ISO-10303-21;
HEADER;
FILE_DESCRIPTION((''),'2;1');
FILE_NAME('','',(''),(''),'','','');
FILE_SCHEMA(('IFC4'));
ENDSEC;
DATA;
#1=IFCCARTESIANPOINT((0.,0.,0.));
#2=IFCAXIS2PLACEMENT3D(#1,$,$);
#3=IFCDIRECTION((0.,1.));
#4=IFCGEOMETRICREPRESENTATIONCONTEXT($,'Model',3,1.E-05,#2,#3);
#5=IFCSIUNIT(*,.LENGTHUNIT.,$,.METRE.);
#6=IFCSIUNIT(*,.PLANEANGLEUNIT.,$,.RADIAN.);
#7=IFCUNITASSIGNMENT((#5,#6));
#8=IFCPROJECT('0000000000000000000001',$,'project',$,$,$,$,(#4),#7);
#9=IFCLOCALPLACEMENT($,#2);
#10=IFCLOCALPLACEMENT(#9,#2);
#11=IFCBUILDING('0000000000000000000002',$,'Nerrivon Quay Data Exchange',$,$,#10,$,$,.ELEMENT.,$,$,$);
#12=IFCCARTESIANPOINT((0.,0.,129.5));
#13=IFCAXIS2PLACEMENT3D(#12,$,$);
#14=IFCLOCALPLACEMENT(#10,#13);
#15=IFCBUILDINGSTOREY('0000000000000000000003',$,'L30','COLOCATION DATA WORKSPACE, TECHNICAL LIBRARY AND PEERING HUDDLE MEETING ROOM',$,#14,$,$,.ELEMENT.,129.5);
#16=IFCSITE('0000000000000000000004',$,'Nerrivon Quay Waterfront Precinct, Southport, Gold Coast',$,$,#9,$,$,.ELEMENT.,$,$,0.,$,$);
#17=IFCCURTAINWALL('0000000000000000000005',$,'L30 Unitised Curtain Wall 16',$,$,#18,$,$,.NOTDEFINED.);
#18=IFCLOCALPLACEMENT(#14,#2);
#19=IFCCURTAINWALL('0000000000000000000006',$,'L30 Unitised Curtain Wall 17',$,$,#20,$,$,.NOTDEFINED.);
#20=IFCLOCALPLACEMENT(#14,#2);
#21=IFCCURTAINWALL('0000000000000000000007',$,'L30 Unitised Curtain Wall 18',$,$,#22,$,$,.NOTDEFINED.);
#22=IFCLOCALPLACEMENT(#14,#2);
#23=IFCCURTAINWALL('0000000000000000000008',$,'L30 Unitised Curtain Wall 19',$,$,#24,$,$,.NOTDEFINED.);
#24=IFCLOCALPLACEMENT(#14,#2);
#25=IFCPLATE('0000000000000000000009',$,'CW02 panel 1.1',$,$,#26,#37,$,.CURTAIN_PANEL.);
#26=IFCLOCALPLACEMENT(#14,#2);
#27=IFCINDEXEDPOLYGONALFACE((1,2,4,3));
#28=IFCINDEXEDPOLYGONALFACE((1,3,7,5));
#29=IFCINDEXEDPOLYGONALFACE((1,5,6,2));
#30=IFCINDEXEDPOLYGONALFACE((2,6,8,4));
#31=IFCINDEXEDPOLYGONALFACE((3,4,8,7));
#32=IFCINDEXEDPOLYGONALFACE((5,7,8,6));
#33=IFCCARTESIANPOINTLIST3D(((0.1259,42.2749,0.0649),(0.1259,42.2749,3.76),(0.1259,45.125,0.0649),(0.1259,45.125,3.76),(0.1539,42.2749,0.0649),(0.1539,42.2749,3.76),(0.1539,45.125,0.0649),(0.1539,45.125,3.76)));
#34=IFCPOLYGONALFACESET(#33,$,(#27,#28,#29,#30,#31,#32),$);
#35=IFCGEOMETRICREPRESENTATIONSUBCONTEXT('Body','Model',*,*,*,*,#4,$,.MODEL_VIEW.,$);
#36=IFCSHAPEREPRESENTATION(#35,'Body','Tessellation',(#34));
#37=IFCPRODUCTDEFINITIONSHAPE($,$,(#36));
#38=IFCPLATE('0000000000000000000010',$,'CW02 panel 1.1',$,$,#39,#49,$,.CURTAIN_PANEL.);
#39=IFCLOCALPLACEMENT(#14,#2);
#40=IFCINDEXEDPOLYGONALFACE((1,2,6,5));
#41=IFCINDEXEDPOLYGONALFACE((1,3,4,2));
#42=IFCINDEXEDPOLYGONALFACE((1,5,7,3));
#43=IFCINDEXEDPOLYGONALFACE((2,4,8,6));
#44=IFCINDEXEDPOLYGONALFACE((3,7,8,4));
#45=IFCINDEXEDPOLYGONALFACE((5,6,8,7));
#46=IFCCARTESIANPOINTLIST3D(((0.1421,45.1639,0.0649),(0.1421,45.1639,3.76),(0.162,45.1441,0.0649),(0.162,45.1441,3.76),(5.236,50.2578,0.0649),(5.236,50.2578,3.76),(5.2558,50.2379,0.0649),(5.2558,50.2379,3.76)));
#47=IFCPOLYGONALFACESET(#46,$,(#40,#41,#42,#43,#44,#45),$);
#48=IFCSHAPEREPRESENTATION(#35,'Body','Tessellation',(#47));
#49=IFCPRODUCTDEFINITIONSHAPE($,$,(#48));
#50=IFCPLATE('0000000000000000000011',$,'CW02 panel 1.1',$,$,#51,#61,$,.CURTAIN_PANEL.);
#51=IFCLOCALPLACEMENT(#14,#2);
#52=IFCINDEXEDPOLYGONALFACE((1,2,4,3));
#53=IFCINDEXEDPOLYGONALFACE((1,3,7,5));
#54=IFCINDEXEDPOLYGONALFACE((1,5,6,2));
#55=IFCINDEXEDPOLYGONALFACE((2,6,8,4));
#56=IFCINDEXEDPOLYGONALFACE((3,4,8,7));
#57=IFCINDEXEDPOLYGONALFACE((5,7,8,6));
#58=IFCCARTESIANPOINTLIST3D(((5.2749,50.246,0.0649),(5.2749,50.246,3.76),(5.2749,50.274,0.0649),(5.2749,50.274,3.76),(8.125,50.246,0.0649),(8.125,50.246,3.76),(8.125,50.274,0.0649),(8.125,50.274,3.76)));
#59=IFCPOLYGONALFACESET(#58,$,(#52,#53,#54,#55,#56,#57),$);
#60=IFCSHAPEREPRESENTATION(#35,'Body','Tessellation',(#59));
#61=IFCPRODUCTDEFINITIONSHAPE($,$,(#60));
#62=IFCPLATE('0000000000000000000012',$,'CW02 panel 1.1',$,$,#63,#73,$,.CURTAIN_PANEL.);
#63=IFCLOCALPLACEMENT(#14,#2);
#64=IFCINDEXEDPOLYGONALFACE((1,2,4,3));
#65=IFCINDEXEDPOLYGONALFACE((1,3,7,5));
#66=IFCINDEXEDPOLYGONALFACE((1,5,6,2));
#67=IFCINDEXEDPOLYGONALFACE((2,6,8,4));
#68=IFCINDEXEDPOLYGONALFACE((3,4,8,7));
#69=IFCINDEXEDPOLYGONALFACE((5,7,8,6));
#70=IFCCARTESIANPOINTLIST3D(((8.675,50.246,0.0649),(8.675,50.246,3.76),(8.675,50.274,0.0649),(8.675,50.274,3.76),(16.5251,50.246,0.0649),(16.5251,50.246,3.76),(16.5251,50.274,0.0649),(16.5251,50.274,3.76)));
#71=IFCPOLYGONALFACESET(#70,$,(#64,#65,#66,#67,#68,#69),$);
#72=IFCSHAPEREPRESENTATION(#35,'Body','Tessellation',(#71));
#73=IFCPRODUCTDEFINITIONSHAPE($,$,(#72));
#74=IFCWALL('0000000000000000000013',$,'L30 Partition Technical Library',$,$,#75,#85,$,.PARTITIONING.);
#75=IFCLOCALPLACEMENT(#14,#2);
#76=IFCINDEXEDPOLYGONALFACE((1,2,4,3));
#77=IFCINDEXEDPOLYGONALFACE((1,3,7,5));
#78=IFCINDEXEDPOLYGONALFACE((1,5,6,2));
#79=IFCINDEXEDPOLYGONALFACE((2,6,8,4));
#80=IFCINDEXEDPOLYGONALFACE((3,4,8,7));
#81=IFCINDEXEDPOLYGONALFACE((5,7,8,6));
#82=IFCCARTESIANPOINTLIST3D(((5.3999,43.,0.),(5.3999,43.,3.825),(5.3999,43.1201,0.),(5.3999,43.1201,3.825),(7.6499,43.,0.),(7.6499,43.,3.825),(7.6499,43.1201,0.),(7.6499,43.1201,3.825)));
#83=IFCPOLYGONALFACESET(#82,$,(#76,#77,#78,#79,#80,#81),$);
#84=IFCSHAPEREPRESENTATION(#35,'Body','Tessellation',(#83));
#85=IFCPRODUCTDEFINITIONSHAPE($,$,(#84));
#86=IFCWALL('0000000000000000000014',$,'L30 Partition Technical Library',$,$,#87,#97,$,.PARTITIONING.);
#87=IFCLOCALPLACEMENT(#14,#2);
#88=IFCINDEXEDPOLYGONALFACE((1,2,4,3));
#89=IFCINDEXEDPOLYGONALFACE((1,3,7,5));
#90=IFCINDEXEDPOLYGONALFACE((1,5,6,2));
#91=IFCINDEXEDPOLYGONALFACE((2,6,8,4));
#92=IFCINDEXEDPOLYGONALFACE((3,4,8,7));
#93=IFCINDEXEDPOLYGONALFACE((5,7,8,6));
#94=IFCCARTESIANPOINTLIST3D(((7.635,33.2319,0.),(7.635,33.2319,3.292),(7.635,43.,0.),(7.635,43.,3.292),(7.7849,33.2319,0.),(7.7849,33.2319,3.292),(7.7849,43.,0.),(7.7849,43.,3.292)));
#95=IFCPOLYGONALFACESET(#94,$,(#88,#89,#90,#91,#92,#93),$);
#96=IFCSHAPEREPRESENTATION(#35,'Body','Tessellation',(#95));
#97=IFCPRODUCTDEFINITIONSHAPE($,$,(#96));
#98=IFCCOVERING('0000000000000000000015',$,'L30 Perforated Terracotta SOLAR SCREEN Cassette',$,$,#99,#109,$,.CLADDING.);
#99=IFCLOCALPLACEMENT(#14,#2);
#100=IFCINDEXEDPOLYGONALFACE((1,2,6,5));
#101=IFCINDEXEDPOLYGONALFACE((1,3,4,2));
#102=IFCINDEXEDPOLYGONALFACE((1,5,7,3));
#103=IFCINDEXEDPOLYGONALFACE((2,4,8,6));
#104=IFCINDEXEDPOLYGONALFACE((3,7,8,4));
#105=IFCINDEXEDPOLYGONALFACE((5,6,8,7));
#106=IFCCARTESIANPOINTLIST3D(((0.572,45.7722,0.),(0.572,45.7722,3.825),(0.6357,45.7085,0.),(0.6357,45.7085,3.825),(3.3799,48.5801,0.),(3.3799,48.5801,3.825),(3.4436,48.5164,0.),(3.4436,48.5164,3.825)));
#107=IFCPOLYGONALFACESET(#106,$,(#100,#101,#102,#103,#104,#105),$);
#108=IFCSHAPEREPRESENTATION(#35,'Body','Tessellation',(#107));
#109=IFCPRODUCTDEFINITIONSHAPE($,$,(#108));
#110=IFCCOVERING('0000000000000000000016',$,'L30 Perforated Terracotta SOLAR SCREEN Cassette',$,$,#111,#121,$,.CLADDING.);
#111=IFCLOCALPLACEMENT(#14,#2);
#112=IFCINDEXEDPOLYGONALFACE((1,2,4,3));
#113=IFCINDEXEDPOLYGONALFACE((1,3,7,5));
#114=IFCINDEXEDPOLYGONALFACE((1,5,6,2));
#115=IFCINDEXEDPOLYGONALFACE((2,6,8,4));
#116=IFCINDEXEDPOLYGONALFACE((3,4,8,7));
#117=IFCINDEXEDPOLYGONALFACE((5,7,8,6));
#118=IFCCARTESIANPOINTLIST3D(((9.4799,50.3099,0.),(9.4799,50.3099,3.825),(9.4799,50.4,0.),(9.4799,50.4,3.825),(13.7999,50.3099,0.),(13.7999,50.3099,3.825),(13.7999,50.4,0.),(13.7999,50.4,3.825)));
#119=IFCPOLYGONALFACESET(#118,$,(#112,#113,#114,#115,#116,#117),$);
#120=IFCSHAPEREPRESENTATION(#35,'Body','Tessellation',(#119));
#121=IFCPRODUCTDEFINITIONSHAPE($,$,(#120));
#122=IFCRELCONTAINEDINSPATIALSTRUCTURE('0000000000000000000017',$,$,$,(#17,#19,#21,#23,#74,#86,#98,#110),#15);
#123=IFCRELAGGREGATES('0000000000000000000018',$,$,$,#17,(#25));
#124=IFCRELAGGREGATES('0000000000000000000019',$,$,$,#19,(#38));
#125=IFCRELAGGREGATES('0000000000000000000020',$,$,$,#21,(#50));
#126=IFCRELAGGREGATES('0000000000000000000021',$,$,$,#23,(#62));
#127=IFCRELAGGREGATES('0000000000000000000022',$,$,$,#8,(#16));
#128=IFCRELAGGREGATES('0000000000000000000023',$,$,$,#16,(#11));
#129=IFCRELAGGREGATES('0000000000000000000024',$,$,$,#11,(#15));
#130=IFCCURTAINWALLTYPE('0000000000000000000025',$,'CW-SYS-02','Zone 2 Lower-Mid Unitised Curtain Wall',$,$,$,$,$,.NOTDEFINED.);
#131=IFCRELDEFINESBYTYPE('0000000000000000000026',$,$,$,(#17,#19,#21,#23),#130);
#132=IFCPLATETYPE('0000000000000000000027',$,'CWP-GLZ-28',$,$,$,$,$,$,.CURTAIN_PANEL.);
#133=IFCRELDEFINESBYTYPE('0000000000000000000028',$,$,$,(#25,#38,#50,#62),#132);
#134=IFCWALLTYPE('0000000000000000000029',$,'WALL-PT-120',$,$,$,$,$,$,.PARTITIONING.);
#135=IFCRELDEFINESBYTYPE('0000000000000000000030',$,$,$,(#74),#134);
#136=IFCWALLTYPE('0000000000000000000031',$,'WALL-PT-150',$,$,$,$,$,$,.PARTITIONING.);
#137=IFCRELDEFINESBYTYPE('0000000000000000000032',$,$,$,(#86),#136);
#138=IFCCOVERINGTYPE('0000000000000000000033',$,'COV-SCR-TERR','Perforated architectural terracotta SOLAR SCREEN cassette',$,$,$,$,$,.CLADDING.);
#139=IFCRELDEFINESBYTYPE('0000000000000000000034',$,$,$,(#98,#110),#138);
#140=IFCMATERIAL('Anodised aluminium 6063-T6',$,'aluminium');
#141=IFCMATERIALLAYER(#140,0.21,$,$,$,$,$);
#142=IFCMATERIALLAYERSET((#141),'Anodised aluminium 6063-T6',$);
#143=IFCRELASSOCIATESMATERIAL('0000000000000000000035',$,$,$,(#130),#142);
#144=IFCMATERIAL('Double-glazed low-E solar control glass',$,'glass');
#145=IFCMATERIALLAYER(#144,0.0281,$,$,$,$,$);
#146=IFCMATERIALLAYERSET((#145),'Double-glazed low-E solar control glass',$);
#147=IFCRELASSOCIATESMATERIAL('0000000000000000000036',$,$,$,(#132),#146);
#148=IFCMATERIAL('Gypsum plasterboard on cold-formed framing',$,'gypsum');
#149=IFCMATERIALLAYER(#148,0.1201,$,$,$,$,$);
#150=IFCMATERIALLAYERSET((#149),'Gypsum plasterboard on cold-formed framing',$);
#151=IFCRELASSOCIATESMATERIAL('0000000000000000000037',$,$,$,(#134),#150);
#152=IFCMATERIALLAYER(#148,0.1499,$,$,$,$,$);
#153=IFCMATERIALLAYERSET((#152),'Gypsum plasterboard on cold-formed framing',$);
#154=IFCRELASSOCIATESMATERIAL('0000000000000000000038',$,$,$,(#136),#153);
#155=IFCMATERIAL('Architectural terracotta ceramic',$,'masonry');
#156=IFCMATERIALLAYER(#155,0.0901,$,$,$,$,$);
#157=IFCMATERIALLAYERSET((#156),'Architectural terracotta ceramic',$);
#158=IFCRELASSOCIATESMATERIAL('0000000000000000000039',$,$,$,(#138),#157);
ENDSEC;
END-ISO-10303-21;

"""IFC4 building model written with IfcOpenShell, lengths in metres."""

from ifc_helpers import new_model, si_unit, direction, frame, frame_2d, origin, origin_2d, place, context, subcontext, project, spatial, rectangle, extrude, material, layer, layer_set, type_object, element, aggregate, save


model = new_model("IFC4")

# Units and contexts
model_context = context("Model", 3, precision=1e-05, world=origin(), true_north=direction((0.0, 1.0)))
body_context = subcontext(model_context, "Body", "Model", "MODEL_VIEW")
ifc_project = project(units=[si_unit("LENGTHUNIT", "METRE"), si_unit("PLANEANGLEUNIT", "RADIAN")], contexts=[model_context])

# Site, building, storey
site_placement = place(None, origin())
site = spatial("IfcSite", under=ifc_project, at=site_placement, Name="Nerrivon Quay Waterfront Precinct, Southport, Gold Coast", CompositionType="ELEMENT", RefElevation=0.0)
building_placement = place(site_placement, origin())
building = spatial("IfcBuilding", under=site, at=building_placement, Name="Nerrivon Quay Data Exchange", CompositionType="ELEMENT")
storey_placement = place(building_placement, frame((0.0, 0.0, 129.5)))
storey = spatial("IfcBuildingStorey", under=building, at=storey_placement, Name="L30", Description="COLOCATION DATA WORKSPACE, TECHNICAL LIBRARY AND PEERING HUDDLE MEETING ROOM", CompositionType="ELEMENT", Elevation=129.5)

# Curtain walls
ifc_material_1 = material(Name="Anodised aluminium 6063-T6", Category="aluminium")
ifc_layer_1 = layer(ifc_material_1, 0.21)
ifc_layer_set_1 = layer_set([ifc_layer_1], Name="Anodised aluminium 6063-T6")
curtain_wall_type = type_object("IfcCurtainWallType", Name="CW-SYS-02", Description="Zone 2 Lower-Mid Unitised Curtain Wall", PredefinedType="NOTDEFINED", material=ifc_layer_set_1)
curtain_wall_1_placement = place(storey_placement, origin())
curtain_wall_1 = element("IfcCurtainWall", 1, at=curtain_wall_1_placement, inside=storey, type_object=curtain_wall_type, Name="L30 Unitised Curtain Wall 16", PredefinedType="NOTDEFINED")
curtain_wall_2_placement = place(storey_placement, origin())
curtain_wall_2 = element("IfcCurtainWall", 2, at=curtain_wall_2_placement, inside=storey, type_object=curtain_wall_type, Name="L30 Unitised Curtain Wall 17", PredefinedType="NOTDEFINED")
curtain_wall_3_placement = place(storey_placement, origin())
curtain_wall_3 = element("IfcCurtainWall", 3, at=curtain_wall_3_placement, inside=storey, type_object=curtain_wall_type, Name="L30 Unitised Curtain Wall 18", PredefinedType="NOTDEFINED")

# Curtain wall
curtain_wall_4_placement = place(storey_placement, origin())
curtain_wall_4 = element("IfcCurtainWall", 4, at=curtain_wall_4_placement, inside=storey, type_object=curtain_wall_type, Name="L30 Unitised Curtain Wall 19", PredefinedType="NOTDEFINED")

# Plates
ifc_material_2 = material(Name="Double-glazed low-E solar control glass", Category="glass")
ifc_layer_2 = layer(ifc_material_2, 0.0281)
ifc_layer_set_2 = layer_set([ifc_layer_2], Name="Double-glazed low-E solar control glass")
plate_type = type_object("IfcPlateType", Name="CWP-GLZ-28", PredefinedType="CURTAIN_PANEL", material=ifc_layer_set_2)
plate_1_placement = place(storey_placement, frame((0.1399, 43.7, 0.0649), z_axis=(0.0, 0.0, 1.0), x_axis=(0.0, 1.0, 0.0)))
plate_1 = element("IfcPlate", 5, at=plate_1_placement, type_object=plate_type, Name="CW02 panel 1.1", PredefinedType="CURTAIN_PANEL", context=body_context, shape_type="SweptSolid", body=[
    extrude(rectangle(XDim=2.8501, YDim=0.0281, at=origin_2d()), origin(), (0.0, 0.0, 1.0), 3.6951),
])
aggregate(curtain_wall_1, [plate_1])
plate_2_placement = place(storey_placement, frame((2.699, 47.7009, 0.0649), z_axis=(0.0, 0.0, 1.0), x_axis=(0.707107, 0.707107, 0.0)))
plate_2 = element("IfcPlate", 6, at=plate_2_placement, type_object=plate_type, Name="CW02 panel 1.1", PredefinedType="CURTAIN_PANEL", context=body_context, shape_type="SweptSolid", body=[
    extrude(rectangle(XDim=7.2039, YDim=0.0281, at=origin_2d()), origin(), (0.0, 0.0, 1.0), 3.6951),
])
aggregate(curtain_wall_2, [plate_2])
plate_3_placement = place(storey_placement, frame((6.7, 50.26, 0.0649), z_axis=(0.0, 0.0, 1.0), x_axis=(1.0, 0.0, 0.0)))
plate_3 = element("IfcPlate", 7, at=plate_3_placement, type_object=plate_type, Name="CW02 panel 1.1", PredefinedType="CURTAIN_PANEL", context=body_context, shape_type="SweptSolid", body=[
    extrude(rectangle(XDim=2.8501, YDim=0.0281, at=origin_2d()), origin(), (0.0, 0.0, 1.0), 3.6951),
])
aggregate(curtain_wall_3, [plate_3])
plate_4_placement = place(storey_placement, frame((12.6001, 50.26, 0.0649), z_axis=(0.0, 0.0, 1.0), x_axis=(1.0, 0.0, 0.0)))
plate_4 = element("IfcPlate", 8, at=plate_4_placement, type_object=plate_type, Name="CW02 panel 1.1", PredefinedType="CURTAIN_PANEL", context=body_context, shape_type="SweptSolid", body=[
    extrude(rectangle(XDim=7.8501, YDim=0.0281, at=origin_2d()), origin(), (0.0, 0.0, 1.0), 3.6951),
])
aggregate(curtain_wall_4, [plate_4])

# Walls
ifc_material_3 = material(Name="Gypsum plasterboard on cold-formed framing", Category="gypsum")
ifc_layer_3 = layer(ifc_material_3, 0.1201)
ifc_layer_set_3 = layer_set([ifc_layer_3], Name="Gypsum plasterboard on cold-formed framing")
wall_type_1 = type_object("IfcWallType", Name="WALL-PT-120", PredefinedType="PARTITIONING", material=ifc_layer_set_3)
wall_1_placement = place(storey_placement, frame((5.3999, 43.0601, 0.0), z_axis=(0.0, 0.0, 1.0), x_axis=(1.0, 0.0, 0.0)))
element("IfcWall", 9, at=wall_1_placement, inside=storey, type_object=wall_type_1, Name="L30 Partition Technical Library", PredefinedType="PARTITIONING", context=body_context, shape_type="SweptSolid", body=[
    extrude(rectangle(XDim=2.25, YDim=0.1201, at=frame_2d((1.125, 0.0))), origin(), (0.0, 0.0, 1.0), 3.825),
])
ifc_layer_4 = layer(ifc_material_3, 0.1499)
ifc_layer_set_4 = layer_set([ifc_layer_4], Name="Gypsum plasterboard on cold-formed framing")
wall_type_2 = type_object("IfcWallType", Name="WALL-PT-150", PredefinedType="PARTITIONING", material=ifc_layer_set_4)
wall_2_placement = place(storey_placement, frame((7.71, 43.0, 0.0), z_axis=(0.0, 0.0, 1.0), x_axis=(0.0, -1.0, 0.0)))
element("IfcWall", 10, at=wall_2_placement, inside=storey, type_object=wall_type_2, Name="L30 Partition Technical Library", PredefinedType="PARTITIONING", context=body_context, shape_type="SweptSolid", body=[
    extrude(rectangle(XDim=9.7681, YDim=0.1499, at=frame_2d((4.884, 0.0))), origin(), (0.0, 0.0, 1.0), 3.292),
])

# Coverings
ifc_material_4 = material(Name="Architectural terracotta ceramic", Category="masonry")
ifc_layer_5 = layer(ifc_material_4, 0.0901)
ifc_layer_set_5 = layer_set([ifc_layer_5], Name="Architectural terracotta ceramic")
covering_type = type_object("IfcCoveringType", Name="COV-SCR-TERR", Description="Perforated architectural terracotta SOLAR SCREEN cassette", PredefinedType="CLADDING", material=ifc_layer_set_5)
covering_1_placement = place(storey_placement, frame((2.0078, 47.1443, 0.0), z_axis=(0.0, 0.0, 1.0), x_axis=(0.707107, 0.707107, 0.0)))
element("IfcCovering", 11, at=covering_1_placement, inside=storey, type_object=covering_type, Name="L30 Perforated Terracotta SOLAR SCREEN Cassette", PredefinedType="CLADDING", context=body_context, shape_type="SweptSolid", body=[
    extrude(rectangle(XDim=3.9709, YDim=0.0901, at=origin_2d()), origin(), (0.0, 0.0, 1.0), 3.825),
])
covering_2_placement = place(storey_placement, frame((11.6399, 50.355, 0.0), z_axis=(0.0, 0.0, 1.0), x_axis=(1.0, 0.0, 0.0)))
element("IfcCovering", 12, at=covering_2_placement, inside=storey, type_object=covering_type, Name="L30 Perforated Terracotta SOLAR SCREEN Cassette", PredefinedType="CLADDING", context=body_context, shape_type="SweptSolid", body=[
    extrude(rectangle(XDim=4.3201, YDim=0.0901, at=origin_2d()), origin(), (0.0, 0.0, 1.0), 3.825),
])

save(model, "model.ifc")
